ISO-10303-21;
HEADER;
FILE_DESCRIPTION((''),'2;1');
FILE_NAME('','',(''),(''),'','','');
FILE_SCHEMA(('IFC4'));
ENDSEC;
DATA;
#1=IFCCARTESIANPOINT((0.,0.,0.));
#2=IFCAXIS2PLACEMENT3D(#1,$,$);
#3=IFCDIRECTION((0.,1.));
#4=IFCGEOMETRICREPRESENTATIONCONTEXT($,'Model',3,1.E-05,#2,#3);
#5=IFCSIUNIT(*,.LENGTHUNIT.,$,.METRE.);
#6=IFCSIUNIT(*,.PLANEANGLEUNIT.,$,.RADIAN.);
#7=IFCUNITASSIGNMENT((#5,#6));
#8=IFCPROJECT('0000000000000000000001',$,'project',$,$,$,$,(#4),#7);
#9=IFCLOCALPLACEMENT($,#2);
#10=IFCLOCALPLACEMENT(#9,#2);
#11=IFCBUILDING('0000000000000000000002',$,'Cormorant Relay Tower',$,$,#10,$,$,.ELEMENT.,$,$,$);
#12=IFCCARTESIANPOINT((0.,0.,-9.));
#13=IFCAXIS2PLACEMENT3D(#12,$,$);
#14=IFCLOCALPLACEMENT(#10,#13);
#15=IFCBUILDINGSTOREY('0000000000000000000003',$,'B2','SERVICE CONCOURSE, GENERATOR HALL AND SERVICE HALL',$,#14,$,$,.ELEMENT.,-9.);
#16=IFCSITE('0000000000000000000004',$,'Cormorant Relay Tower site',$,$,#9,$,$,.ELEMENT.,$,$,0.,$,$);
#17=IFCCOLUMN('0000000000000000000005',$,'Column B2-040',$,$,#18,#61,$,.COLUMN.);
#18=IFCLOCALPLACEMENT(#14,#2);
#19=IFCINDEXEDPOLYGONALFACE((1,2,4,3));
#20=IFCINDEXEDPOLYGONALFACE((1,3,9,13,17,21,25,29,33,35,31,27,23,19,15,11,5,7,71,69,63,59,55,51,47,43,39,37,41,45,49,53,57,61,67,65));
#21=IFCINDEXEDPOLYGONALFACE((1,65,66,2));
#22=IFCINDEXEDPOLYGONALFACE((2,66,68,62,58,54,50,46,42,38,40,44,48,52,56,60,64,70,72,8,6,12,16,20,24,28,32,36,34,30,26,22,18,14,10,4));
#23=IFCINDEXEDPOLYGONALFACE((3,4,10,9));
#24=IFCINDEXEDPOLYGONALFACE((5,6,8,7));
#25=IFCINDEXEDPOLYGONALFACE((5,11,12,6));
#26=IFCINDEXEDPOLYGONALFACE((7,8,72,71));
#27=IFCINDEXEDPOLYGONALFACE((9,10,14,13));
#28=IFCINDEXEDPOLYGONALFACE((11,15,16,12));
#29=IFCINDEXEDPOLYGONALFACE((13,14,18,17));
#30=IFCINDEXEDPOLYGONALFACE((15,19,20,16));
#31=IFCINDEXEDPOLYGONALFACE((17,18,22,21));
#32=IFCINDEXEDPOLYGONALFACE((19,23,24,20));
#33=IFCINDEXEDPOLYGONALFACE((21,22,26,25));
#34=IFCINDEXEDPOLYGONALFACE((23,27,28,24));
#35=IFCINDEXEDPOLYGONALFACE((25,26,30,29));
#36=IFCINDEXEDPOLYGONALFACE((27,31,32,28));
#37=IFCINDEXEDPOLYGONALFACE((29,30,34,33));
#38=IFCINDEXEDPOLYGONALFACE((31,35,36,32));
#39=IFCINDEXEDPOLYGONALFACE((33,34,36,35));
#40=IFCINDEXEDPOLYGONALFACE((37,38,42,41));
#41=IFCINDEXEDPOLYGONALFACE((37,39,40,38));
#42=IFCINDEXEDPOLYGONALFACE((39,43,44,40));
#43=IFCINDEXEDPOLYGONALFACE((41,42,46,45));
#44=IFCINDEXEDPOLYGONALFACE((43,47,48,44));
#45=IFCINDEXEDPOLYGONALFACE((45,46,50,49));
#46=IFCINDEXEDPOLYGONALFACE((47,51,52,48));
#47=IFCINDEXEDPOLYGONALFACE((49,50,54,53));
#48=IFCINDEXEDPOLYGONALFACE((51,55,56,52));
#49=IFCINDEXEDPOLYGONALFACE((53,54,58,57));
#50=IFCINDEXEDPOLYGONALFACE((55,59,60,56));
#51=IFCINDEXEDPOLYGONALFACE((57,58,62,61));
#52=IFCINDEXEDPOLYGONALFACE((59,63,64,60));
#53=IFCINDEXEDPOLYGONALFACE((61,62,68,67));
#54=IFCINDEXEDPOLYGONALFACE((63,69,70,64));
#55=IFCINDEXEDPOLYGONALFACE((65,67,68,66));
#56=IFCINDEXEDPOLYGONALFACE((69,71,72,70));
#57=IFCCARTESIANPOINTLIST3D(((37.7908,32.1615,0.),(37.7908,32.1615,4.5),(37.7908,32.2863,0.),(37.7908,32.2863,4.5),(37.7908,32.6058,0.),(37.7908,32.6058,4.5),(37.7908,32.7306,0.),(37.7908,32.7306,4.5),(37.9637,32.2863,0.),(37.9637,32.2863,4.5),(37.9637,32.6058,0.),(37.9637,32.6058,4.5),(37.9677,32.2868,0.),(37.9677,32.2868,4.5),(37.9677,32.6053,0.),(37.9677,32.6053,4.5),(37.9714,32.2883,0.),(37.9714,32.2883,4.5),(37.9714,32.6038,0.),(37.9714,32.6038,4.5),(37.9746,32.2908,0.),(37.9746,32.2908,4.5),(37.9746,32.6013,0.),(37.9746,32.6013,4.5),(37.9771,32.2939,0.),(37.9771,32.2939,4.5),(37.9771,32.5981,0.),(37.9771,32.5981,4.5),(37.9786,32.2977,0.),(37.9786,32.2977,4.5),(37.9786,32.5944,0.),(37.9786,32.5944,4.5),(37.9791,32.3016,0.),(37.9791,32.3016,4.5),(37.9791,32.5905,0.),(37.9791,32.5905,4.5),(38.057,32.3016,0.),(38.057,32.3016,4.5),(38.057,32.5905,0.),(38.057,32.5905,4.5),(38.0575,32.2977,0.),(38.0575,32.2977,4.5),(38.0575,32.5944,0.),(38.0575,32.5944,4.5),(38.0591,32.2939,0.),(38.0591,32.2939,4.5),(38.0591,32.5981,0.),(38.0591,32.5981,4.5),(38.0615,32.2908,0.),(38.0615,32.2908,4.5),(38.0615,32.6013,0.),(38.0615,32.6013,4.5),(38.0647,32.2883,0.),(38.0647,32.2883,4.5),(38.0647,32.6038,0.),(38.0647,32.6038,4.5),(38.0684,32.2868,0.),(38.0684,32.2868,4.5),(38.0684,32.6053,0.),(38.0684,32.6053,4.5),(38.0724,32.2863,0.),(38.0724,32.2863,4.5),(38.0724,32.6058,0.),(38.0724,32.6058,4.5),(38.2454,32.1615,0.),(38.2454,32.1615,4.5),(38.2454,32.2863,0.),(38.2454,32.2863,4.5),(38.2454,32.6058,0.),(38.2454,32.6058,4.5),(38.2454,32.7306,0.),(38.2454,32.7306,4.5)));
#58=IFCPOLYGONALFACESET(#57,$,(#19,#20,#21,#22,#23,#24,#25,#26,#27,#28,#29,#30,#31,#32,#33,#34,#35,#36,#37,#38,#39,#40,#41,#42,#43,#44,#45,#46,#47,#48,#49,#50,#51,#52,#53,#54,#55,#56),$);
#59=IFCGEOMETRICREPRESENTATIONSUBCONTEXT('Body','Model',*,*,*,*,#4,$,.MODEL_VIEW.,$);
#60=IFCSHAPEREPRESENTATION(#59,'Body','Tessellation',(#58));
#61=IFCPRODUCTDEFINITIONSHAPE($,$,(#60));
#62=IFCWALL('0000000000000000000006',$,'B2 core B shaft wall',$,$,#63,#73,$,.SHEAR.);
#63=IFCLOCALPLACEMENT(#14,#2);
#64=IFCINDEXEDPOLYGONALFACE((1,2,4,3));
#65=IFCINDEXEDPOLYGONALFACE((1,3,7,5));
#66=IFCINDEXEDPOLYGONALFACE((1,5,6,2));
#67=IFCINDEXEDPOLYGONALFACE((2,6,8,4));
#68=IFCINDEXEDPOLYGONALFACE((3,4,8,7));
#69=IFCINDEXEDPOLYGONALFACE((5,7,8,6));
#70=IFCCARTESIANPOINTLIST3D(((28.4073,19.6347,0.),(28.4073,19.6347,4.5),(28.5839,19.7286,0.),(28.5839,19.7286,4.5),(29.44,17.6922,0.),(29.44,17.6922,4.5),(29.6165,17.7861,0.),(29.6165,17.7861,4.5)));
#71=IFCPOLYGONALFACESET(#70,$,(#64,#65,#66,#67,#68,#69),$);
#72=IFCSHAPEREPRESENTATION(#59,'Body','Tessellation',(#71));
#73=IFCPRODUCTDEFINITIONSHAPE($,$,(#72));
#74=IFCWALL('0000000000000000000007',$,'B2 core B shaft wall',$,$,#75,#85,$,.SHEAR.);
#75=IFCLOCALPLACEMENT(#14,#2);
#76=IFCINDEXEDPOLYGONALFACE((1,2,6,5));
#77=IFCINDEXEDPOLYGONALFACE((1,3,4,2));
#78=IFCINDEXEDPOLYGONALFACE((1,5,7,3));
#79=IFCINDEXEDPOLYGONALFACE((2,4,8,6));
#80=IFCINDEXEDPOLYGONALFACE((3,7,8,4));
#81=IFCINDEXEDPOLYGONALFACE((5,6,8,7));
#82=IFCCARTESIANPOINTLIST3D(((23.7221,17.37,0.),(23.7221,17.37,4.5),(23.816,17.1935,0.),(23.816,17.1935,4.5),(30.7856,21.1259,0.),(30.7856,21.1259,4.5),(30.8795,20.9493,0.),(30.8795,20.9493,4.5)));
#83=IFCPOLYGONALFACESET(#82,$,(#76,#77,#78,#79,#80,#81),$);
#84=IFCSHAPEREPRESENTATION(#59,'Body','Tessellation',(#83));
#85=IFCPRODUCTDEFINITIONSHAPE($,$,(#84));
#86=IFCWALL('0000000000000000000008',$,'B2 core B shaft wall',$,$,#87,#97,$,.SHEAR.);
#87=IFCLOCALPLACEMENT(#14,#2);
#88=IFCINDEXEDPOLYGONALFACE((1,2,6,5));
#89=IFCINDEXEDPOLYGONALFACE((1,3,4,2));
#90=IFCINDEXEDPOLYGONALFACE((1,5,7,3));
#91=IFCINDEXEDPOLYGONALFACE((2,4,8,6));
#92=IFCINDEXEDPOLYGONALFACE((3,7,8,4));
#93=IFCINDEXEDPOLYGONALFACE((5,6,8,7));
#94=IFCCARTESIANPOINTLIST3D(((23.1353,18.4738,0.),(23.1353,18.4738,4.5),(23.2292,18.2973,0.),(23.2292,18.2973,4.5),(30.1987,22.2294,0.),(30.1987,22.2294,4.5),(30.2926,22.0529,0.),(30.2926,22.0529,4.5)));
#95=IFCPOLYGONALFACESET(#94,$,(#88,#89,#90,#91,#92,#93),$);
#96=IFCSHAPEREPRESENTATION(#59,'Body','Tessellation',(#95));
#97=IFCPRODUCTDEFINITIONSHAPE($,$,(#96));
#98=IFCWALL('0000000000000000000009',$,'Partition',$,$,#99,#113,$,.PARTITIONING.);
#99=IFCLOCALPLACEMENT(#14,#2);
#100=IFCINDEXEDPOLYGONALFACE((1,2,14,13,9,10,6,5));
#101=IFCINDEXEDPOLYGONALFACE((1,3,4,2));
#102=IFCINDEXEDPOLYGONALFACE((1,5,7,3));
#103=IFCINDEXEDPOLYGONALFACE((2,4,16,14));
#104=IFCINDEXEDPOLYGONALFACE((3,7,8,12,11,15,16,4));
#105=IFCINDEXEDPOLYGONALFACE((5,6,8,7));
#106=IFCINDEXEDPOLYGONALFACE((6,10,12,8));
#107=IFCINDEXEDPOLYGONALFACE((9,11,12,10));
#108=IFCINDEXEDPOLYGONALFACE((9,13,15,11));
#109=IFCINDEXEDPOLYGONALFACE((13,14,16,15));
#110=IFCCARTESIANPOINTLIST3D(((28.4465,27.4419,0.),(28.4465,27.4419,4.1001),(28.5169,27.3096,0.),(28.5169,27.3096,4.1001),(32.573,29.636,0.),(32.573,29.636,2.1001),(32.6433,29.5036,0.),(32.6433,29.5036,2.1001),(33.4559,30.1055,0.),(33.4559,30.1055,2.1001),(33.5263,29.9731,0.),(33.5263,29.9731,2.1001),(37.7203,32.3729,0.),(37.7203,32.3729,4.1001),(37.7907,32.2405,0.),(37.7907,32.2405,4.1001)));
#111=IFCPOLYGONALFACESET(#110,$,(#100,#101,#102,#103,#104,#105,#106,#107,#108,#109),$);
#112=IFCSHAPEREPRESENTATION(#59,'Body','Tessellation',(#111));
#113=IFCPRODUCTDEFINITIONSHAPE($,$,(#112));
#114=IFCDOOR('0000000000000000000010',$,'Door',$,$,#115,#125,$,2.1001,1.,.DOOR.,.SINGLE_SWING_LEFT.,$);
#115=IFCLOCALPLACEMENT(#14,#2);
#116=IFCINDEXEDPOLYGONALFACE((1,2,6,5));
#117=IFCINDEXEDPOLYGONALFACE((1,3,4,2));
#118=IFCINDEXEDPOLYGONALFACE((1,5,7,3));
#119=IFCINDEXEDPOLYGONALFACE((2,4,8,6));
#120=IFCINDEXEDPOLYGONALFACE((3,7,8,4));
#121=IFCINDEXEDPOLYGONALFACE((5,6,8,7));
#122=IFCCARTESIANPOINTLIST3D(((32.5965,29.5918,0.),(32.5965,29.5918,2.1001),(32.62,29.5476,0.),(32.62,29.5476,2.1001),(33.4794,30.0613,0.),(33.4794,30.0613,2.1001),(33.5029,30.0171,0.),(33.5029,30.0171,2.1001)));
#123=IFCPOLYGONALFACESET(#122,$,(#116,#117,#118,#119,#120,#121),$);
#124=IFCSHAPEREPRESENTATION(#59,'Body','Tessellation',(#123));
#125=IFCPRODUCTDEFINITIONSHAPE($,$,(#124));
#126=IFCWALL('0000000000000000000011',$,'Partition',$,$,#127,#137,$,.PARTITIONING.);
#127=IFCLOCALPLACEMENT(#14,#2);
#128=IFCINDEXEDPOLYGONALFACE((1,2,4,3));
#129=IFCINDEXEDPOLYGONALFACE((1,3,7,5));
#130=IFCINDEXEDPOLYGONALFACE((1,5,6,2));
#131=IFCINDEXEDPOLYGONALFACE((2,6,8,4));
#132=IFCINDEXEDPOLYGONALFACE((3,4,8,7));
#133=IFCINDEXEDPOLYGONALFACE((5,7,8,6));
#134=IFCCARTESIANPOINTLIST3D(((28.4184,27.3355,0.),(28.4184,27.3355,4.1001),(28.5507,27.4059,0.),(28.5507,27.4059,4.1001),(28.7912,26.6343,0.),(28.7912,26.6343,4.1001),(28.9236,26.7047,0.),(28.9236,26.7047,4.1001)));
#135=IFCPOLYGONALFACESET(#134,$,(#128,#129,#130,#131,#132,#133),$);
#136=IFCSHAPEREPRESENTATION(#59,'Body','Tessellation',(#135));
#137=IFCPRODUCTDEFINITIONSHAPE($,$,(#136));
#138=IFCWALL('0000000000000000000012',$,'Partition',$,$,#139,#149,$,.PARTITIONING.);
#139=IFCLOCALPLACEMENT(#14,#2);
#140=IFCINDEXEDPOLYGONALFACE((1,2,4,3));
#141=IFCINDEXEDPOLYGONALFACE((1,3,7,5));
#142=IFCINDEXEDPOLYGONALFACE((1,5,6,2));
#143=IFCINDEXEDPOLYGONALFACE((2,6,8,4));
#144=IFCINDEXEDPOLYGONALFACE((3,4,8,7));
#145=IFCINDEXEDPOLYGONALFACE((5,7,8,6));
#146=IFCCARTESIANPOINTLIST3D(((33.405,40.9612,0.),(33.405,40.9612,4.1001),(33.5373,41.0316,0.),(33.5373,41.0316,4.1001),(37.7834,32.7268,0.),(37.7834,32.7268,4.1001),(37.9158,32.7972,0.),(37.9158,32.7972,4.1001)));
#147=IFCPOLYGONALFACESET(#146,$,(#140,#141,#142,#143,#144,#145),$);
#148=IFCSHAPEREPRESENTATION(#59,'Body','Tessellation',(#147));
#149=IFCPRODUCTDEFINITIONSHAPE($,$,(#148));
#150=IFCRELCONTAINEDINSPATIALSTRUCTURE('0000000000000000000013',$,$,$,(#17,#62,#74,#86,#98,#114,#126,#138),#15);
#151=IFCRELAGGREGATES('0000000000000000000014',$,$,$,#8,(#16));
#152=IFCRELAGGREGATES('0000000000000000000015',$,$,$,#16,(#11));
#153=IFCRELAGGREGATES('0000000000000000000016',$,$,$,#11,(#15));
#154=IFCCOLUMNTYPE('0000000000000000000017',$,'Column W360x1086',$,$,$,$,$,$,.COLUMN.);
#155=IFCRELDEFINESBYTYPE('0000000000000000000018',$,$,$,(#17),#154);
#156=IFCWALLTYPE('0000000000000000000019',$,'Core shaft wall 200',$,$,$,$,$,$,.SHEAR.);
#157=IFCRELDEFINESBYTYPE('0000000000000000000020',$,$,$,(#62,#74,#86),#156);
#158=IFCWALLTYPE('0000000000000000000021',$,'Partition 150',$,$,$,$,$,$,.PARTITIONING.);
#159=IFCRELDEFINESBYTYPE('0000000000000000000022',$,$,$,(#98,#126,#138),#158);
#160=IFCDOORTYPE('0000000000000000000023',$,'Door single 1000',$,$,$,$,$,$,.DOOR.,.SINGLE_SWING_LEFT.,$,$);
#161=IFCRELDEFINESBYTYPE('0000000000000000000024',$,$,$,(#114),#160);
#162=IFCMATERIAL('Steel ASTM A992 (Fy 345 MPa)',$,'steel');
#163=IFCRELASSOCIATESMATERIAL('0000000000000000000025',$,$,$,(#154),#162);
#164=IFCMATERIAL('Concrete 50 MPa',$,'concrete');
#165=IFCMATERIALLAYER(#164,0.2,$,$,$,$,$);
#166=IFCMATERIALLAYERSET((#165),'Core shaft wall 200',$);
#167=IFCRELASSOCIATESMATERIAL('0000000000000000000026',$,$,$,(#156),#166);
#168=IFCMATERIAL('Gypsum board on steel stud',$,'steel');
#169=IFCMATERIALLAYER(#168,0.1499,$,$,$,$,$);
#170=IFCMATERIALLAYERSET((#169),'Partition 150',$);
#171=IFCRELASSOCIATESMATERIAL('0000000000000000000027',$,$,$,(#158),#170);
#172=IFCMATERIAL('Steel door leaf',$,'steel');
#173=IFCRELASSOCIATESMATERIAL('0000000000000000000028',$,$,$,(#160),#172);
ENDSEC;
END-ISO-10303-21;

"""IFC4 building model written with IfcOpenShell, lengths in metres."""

from ifc_helpers import new_model, si_unit, direction, frame, frame_2d, origin, origin_2d, place, context, subcontext, project, spatial, rectangle, i_section, extrude, material, layer, layer_set, material_profile, profile_set, type_object, element, fill, save


model = new_model("IFC4")

# Units and contexts
model_context = context("Model", 3, precision=1e-05, world=origin(), true_north=direction((0.0, 1.0)))
body_context = subcontext(model_context, "Body", "Model", "MODEL_VIEW")
ifc_project = project(units=[si_unit("LENGTHUNIT", "METRE"), si_unit("PLANEANGLEUNIT", "RADIAN")], contexts=[model_context])

# Site, building, storey
site_placement = place(None, origin())
site = spatial("IfcSite", under=ifc_project, at=site_placement, Name="Cormorant Relay Tower site", CompositionType="ELEMENT", RefElevation=0.0)
building_placement = place(site_placement, origin())
building = spatial("IfcBuilding", under=site, at=building_placement, Name="Cormorant Relay Tower", CompositionType="ELEMENT")
storey_placement = place(building_placement, frame((0.0, 0.0, -9.0)))
storey = spatial("IfcBuildingStorey", under=building, at=storey_placement, Name="B2", Description="SERVICE CONCOURSE, GENERATOR HALL AND SERVICE HALL", CompositionType="ELEMENT", Elevation=-9.0)

# Column
ifc_material_1 = material(Name="Steel ASTM A992 (Fy 345 MPa)", Category="steel")
ifc_material_profile_1 = material_profile(ifc_material_1, i_section(OverallWidth=0.4546, OverallDepth=0.5691, WebThickness=0.0779, FlangeThickness=0.1248, FilletRadius=0.0154, at=origin_2d()), Name="W360x1086")
ifc_profile_set_1 = profile_set([ifc_material_profile_1], Name="Steel ASTM A992 (Fy 345 MPa)")
column_type = type_object("IfcColumnType", Name="Column W360x1086", PredefinedType="COLUMN", material=ifc_profile_set_1)
column_placement = place(storey_placement, frame((38.0181, 32.446, 0.0), z_axis=(0.0, 0.0, 1.0), x_axis=(1.0, 0.0, 0.0)))
element("IfcColumn", 1, at=column_placement, inside=storey, type_object=column_type, Name="Column B2-040", PredefinedType="COLUMN", context=body_context, shape_type="SweptSolid", body=[
    extrude(i_section(OverallWidth=0.4546, OverallDepth=0.5691, WebThickness=0.0779, FlangeThickness=0.1248, FilletRadius=0.0154, at=origin_2d()), origin(), (0.0, 0.0, 1.0), 4.5),
])

# Walls
ifc_material_2 = material(Name="Concrete 50 MPa", Category="concrete")
ifc_layer_1 = layer(ifc_material_2, 0.2)
ifc_layer_set_1 = layer_set([ifc_layer_1], Name="Core shaft wall 200")
wall_type_1 = type_object("IfcWallType", Name="Core shaft wall 200", PredefinedType="SHEAR", material=ifc_layer_set_1)
wall_1_placement = place(storey_placement, frame((29.5283, 17.739, 0.0), z_axis=(0.0, 0.0, 1.0), x_axis=(-0.469401, 0.882985, 0.0)))
element("IfcWall", 2, at=wall_1_placement, inside=storey, type_object=wall_type_1, Name="B2 core B shaft wall", PredefinedType="SHEAR", context=body_context, shape_type="SweptSolid", body=[
    extrude(rectangle(XDim=2.2, YDim=0.2, at=frame_2d((1.1001, 0.0))), origin(), (0.0, 0.0, 1.0), 4.5),
])
wall_2_placement = place(storey_placement, frame((23.769, 17.2817, 0.0), z_axis=(0.0, 0.0, 1.0), x_axis=(0.88294, 0.469485, 0.0)))
element("IfcWall", 3, at=wall_2_placement, inside=storey, type_object=wall_type_1, Name="B2 core B shaft wall", PredefinedType="SHEAR", context=body_context, shape_type="SweptSolid", body=[
    extrude(rectangle(XDim=8.0, YDim=0.2, at=frame_2d((4.0, 0.0))), origin(), (0.0, 0.0, 1.0), 4.5),
])
wall_3_placement = place(storey_placement, frame((23.1821, 18.3855, 0.0), z_axis=(0.0, 0.0, 1.0), x_axis=(0.882953, 0.469462, 0.0)))
element("IfcWall", 4, at=wall_3_placement, inside=storey, type_object=wall_type_1, Name="B2 core B shaft wall", PredefinedType="SHEAR", context=body_context, shape_type="SweptSolid", body=[
    extrude(rectangle(XDim=7.9998, YDim=0.2, at=frame_2d((4.0, 0.0))), origin(), (0.0, 0.0, 1.0), 4.5),
])

# Wall, opening, door
ifc_material_3 = material(Name="Gypsum board on steel stud", Category="steel")
ifc_layer_2 = layer(ifc_material_3, 0.1499)
ifc_layer_set_2 = layer_set([ifc_layer_2], Name="Partition 150")
wall_type_2 = type_object("IfcWallType", Name="Partition 150", PredefinedType="PARTITIONING", material=ifc_layer_set_2)
wall_4_placement = place(storey_placement, frame((37.7554, 32.3066, 0.0), z_axis=(0.0, 0.0, 1.0), x_axis=(-0.882947, -0.469472, 0.0)))
wall_4 = element("IfcWall", 5, at=wall_4_placement, inside=storey, type_object=wall_type_2, Name="Partition", PredefinedType="PARTITIONING", context=body_context, shape_type="SweptSolid", body=[
    extrude(rectangle(XDim=10.5032, YDim=0.1499, at=frame_2d((5.2515, 0.0))), origin(), (0.0, 0.0, 1.0), 4.1001),
])
opening_placement = place(wall_4_placement, frame((4.8296, 0.0, 0.0)))
opening = element("IfcOpeningElement", 6, at=opening_placement, cuts=wall_4, PredefinedType="OPENING", context=body_context, shape_type="SweptSolid", body=[
    extrude(rectangle(XDim=1.0, YDim=2.1001, at=frame_2d((0.5, 1.05))), frame((0.0, 0.085, 0.0), z_axis=(0.0, -1.0, 0.0), x_axis=(1.0, 0.0, 0.0)), (0.0, 0.0, 1.0), 0.1699),
])
ifc_material_4 = material(Name="Steel door leaf", Category="steel")
door_type = type_object("IfcDoorType", Name="Door single 1000", OperationType="SINGLE_SWING_LEFT", PredefinedType="DOOR", material=ifc_material_4)
door_placement = place(opening_placement, frame((1.0, 0.0, 0.0), z_axis=(0.0, 0.0, 1.0), x_axis=(-1.0, 0.0, 0.0)))
door = element("IfcDoor", 7, at=door_placement, inside=storey, type_object=door_type, Name="Door", OperationType="SINGLE_SWING_LEFT", OverallHeight=2.1001, OverallWidth=1.0, PredefinedType="DOOR", context=body_context, shape_type="SweptSolid", body=[
    extrude(rectangle(XDim=1.0, YDim=2.1001, at=frame_2d((0.5, 1.05))), frame((0.0, 0.0249, 0.0), z_axis=(0.0, -1.0, 0.0), x_axis=(1.0, 0.0, 0.0)), (0.0, 0.0, 1.0), 0.05),
])
fill(opening, door)

# Walls
wall_5_placement = place(storey_placement, frame((28.4846, 27.3706, 0.0), z_axis=(0.0, 0.0, 1.0), x_axis=(0.469455, -0.882956, 0.0)))
element("IfcWall", 8, at=wall_5_placement, inside=storey, type_object=wall_type_2, Name="Partition", PredefinedType="PARTITIONING", context=body_context, shape_type="SweptSolid", body=[
    extrude(rectangle(XDim=0.7942, YDim=0.1499, at=frame_2d((0.397, 0.0))), origin(), (0.0, 0.0, 1.0), 4.1001),
])
wall_6_placement = place(storey_placement, frame((37.8496, 32.762, 0.0), z_axis=(0.0, 0.0, 1.0), x_axis=(-0.469482, 0.882942, 0.0)))
element("IfcWall", 9, at=wall_6_placement, inside=storey, type_object=wall_type_2, Name="Partition", PredefinedType="PARTITIONING", context=body_context, shape_type="SweptSolid", body=[
    extrude(rectangle(XDim=9.3262, YDim=0.1499, at=frame_2d((4.6631, 0.0))), origin(), (0.0, 0.0, 1.0), 4.1001),
])

save(model, "model.ifc")
